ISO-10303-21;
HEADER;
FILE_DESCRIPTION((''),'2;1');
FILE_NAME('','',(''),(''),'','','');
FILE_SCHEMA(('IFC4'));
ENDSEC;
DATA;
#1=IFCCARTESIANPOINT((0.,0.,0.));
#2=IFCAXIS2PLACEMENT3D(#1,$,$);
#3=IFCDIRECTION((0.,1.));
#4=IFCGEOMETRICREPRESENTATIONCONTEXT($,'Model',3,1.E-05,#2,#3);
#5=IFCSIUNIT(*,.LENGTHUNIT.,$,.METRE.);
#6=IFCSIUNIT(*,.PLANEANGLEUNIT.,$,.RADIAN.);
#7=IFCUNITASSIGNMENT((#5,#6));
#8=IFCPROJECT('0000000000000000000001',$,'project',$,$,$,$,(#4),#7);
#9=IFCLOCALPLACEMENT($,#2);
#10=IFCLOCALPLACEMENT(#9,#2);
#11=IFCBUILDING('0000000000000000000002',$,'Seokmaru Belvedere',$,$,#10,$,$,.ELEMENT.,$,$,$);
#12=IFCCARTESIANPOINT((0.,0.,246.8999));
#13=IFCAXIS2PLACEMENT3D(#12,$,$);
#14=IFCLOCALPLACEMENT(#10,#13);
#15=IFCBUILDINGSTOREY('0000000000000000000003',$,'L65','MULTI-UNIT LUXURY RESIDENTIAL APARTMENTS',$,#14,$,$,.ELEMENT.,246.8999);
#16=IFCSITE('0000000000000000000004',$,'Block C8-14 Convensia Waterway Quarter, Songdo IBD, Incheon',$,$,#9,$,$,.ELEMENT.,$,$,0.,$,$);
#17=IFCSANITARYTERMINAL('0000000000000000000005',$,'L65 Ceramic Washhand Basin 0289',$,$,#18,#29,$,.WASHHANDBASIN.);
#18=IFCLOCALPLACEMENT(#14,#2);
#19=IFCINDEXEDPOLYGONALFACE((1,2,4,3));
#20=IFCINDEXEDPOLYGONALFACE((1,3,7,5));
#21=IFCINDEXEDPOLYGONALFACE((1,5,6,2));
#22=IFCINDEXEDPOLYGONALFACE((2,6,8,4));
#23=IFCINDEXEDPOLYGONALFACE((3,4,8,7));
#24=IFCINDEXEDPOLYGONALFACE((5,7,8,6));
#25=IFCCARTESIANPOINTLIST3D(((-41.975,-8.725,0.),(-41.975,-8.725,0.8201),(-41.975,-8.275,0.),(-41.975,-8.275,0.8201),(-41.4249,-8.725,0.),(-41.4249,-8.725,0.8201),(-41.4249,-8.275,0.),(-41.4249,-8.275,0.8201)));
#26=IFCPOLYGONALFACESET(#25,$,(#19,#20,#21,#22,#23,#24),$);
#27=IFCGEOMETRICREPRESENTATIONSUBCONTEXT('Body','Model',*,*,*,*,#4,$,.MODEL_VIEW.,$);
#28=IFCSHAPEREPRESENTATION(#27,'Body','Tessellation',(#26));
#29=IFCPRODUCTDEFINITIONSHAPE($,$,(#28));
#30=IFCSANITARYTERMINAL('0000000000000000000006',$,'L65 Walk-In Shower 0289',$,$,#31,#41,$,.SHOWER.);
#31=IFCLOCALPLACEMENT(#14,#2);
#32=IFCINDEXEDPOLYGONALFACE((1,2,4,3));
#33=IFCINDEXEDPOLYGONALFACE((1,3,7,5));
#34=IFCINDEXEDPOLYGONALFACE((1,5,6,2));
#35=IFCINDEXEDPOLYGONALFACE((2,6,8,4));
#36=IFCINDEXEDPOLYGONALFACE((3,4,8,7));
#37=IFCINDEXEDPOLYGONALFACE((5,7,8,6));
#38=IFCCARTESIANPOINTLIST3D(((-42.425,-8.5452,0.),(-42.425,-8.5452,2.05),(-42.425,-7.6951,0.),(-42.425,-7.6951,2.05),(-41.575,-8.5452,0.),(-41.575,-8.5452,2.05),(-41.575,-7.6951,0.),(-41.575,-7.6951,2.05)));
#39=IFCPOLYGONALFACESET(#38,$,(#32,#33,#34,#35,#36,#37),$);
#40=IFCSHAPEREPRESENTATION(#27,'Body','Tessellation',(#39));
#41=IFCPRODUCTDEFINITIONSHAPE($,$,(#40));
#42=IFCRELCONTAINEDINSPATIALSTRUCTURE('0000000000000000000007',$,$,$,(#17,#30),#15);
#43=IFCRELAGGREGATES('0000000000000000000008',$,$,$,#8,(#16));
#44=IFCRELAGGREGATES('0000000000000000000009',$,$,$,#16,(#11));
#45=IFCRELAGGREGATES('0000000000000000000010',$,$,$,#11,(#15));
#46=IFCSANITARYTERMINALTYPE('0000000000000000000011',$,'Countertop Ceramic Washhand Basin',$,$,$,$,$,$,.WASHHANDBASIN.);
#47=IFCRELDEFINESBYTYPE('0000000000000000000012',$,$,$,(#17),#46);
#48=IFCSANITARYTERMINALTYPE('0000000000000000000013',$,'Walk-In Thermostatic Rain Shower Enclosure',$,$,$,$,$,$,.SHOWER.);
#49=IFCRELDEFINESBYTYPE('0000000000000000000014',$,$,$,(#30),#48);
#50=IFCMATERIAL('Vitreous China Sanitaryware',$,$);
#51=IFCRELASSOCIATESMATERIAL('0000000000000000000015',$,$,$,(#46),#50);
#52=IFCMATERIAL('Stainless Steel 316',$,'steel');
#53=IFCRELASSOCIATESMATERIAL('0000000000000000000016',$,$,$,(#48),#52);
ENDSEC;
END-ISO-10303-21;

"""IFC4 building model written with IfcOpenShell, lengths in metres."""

from ifc_helpers import new_model, si_unit, direction, frame, origin, origin_2d, place, context, subcontext, project, spatial, rectangle, extrude, source, transform, mapped, material, type_object, type_shapes, element, save


model = new_model("IFC4")

# Units and contexts
model_context = context("Model", 3, precision=1e-05, world=origin(), true_north=direction((0.0, 1.0)))
body_context = subcontext(model_context, "Body", "Model", "MODEL_VIEW")
ifc_project = project(units=[si_unit("LENGTHUNIT", "METRE"), si_unit("PLANEANGLEUNIT", "RADIAN")], contexts=[model_context])

# Site, building, storey
site_placement = place(None, origin())
site = spatial("IfcSite", under=ifc_project, at=site_placement, Name="Block C8-14 Convensia Waterway Quarter, Songdo IBD, Incheon", CompositionType="ELEMENT", RefElevation=0.0)
building_placement = place(site_placement, origin())
building = spatial("IfcBuilding", under=site, at=building_placement, Name="Seokmaru Belvedere", CompositionType="ELEMENT")
storey_placement = place(building_placement, frame((0.0, 0.0, 246.8999)))
storey = spatial("IfcBuildingStorey", under=building, at=storey_placement, Name="L65", Description="MULTI-UNIT LUXURY RESIDENTIAL APARTMENTS", CompositionType="ELEMENT", Elevation=246.8999)

# Shared definitions
ifc_material_1 = material(Name="Stainless Steel 316", Category="steel")

# Sanitary terminals
ifc_material_2 = material(Name="Vitreous China Sanitaryware")
sanitary_terminal_type_1 = type_object("IfcSanitaryTerminalType", Name="Countertop Ceramic Washhand Basin", PredefinedType="WASHHANDBASIN", material=ifc_material_2)
shared_shape_1 = source(origin(), body_context, "Body", "SweptSolid", [
    extrude(rectangle(XDim=0.55, YDim=0.45, at=origin_2d()), origin(), (0.0, 0.0, 1.0), 0.8201),
])
type_shapes(sanitary_terminal_type_1, [shared_shape_1])
sanitary_terminal_1_placement = place(storey_placement, frame((-41.7, -8.5, 0.0), z_axis=(0.0, 0.0, 1.0), x_axis=(1.0, 0.0, 0.0)))
element("IfcSanitaryTerminal", 1, at=sanitary_terminal_1_placement, inside=storey, type_object=sanitary_terminal_type_1, Name="L65 Ceramic Washhand Basin 0289", PredefinedType="WASHHANDBASIN", context=body_context, shape_type="MappedRepresentation", body=[
    mapped(shared_shape_1, transform((0.0, 0.0, 0.0), scale=1.0)),
])
sanitary_terminal_type_2 = type_object("IfcSanitaryTerminalType", Name="Walk-In Thermostatic Rain Shower Enclosure", PredefinedType="SHOWER", material=ifc_material_1)
shared_shape_2 = source(origin(), body_context, "Body", "SweptSolid", [
    extrude(rectangle(XDim=0.8501, YDim=0.8501, at=origin_2d()), origin(), (0.0, 0.0, 1.0), 2.05),
])
type_shapes(sanitary_terminal_type_2, [shared_shape_2])
sanitary_terminal_2_placement = place(storey_placement, frame((-42.0, -8.1201, 0.0), z_axis=(0.0, 0.0, 1.0), x_axis=(1.0, 0.0, 0.0)))
element("IfcSanitaryTerminal", 2, at=sanitary_terminal_2_placement, inside=storey, type_object=sanitary_terminal_type_2, Name="L65 Walk-In Shower 0289", PredefinedType="SHOWER", context=body_context, shape_type="MappedRepresentation", body=[
    mapped(shared_shape_2, transform((0.0, 0.0, 0.0), scale=1.0)),
])

save(model, "model.ifc")
